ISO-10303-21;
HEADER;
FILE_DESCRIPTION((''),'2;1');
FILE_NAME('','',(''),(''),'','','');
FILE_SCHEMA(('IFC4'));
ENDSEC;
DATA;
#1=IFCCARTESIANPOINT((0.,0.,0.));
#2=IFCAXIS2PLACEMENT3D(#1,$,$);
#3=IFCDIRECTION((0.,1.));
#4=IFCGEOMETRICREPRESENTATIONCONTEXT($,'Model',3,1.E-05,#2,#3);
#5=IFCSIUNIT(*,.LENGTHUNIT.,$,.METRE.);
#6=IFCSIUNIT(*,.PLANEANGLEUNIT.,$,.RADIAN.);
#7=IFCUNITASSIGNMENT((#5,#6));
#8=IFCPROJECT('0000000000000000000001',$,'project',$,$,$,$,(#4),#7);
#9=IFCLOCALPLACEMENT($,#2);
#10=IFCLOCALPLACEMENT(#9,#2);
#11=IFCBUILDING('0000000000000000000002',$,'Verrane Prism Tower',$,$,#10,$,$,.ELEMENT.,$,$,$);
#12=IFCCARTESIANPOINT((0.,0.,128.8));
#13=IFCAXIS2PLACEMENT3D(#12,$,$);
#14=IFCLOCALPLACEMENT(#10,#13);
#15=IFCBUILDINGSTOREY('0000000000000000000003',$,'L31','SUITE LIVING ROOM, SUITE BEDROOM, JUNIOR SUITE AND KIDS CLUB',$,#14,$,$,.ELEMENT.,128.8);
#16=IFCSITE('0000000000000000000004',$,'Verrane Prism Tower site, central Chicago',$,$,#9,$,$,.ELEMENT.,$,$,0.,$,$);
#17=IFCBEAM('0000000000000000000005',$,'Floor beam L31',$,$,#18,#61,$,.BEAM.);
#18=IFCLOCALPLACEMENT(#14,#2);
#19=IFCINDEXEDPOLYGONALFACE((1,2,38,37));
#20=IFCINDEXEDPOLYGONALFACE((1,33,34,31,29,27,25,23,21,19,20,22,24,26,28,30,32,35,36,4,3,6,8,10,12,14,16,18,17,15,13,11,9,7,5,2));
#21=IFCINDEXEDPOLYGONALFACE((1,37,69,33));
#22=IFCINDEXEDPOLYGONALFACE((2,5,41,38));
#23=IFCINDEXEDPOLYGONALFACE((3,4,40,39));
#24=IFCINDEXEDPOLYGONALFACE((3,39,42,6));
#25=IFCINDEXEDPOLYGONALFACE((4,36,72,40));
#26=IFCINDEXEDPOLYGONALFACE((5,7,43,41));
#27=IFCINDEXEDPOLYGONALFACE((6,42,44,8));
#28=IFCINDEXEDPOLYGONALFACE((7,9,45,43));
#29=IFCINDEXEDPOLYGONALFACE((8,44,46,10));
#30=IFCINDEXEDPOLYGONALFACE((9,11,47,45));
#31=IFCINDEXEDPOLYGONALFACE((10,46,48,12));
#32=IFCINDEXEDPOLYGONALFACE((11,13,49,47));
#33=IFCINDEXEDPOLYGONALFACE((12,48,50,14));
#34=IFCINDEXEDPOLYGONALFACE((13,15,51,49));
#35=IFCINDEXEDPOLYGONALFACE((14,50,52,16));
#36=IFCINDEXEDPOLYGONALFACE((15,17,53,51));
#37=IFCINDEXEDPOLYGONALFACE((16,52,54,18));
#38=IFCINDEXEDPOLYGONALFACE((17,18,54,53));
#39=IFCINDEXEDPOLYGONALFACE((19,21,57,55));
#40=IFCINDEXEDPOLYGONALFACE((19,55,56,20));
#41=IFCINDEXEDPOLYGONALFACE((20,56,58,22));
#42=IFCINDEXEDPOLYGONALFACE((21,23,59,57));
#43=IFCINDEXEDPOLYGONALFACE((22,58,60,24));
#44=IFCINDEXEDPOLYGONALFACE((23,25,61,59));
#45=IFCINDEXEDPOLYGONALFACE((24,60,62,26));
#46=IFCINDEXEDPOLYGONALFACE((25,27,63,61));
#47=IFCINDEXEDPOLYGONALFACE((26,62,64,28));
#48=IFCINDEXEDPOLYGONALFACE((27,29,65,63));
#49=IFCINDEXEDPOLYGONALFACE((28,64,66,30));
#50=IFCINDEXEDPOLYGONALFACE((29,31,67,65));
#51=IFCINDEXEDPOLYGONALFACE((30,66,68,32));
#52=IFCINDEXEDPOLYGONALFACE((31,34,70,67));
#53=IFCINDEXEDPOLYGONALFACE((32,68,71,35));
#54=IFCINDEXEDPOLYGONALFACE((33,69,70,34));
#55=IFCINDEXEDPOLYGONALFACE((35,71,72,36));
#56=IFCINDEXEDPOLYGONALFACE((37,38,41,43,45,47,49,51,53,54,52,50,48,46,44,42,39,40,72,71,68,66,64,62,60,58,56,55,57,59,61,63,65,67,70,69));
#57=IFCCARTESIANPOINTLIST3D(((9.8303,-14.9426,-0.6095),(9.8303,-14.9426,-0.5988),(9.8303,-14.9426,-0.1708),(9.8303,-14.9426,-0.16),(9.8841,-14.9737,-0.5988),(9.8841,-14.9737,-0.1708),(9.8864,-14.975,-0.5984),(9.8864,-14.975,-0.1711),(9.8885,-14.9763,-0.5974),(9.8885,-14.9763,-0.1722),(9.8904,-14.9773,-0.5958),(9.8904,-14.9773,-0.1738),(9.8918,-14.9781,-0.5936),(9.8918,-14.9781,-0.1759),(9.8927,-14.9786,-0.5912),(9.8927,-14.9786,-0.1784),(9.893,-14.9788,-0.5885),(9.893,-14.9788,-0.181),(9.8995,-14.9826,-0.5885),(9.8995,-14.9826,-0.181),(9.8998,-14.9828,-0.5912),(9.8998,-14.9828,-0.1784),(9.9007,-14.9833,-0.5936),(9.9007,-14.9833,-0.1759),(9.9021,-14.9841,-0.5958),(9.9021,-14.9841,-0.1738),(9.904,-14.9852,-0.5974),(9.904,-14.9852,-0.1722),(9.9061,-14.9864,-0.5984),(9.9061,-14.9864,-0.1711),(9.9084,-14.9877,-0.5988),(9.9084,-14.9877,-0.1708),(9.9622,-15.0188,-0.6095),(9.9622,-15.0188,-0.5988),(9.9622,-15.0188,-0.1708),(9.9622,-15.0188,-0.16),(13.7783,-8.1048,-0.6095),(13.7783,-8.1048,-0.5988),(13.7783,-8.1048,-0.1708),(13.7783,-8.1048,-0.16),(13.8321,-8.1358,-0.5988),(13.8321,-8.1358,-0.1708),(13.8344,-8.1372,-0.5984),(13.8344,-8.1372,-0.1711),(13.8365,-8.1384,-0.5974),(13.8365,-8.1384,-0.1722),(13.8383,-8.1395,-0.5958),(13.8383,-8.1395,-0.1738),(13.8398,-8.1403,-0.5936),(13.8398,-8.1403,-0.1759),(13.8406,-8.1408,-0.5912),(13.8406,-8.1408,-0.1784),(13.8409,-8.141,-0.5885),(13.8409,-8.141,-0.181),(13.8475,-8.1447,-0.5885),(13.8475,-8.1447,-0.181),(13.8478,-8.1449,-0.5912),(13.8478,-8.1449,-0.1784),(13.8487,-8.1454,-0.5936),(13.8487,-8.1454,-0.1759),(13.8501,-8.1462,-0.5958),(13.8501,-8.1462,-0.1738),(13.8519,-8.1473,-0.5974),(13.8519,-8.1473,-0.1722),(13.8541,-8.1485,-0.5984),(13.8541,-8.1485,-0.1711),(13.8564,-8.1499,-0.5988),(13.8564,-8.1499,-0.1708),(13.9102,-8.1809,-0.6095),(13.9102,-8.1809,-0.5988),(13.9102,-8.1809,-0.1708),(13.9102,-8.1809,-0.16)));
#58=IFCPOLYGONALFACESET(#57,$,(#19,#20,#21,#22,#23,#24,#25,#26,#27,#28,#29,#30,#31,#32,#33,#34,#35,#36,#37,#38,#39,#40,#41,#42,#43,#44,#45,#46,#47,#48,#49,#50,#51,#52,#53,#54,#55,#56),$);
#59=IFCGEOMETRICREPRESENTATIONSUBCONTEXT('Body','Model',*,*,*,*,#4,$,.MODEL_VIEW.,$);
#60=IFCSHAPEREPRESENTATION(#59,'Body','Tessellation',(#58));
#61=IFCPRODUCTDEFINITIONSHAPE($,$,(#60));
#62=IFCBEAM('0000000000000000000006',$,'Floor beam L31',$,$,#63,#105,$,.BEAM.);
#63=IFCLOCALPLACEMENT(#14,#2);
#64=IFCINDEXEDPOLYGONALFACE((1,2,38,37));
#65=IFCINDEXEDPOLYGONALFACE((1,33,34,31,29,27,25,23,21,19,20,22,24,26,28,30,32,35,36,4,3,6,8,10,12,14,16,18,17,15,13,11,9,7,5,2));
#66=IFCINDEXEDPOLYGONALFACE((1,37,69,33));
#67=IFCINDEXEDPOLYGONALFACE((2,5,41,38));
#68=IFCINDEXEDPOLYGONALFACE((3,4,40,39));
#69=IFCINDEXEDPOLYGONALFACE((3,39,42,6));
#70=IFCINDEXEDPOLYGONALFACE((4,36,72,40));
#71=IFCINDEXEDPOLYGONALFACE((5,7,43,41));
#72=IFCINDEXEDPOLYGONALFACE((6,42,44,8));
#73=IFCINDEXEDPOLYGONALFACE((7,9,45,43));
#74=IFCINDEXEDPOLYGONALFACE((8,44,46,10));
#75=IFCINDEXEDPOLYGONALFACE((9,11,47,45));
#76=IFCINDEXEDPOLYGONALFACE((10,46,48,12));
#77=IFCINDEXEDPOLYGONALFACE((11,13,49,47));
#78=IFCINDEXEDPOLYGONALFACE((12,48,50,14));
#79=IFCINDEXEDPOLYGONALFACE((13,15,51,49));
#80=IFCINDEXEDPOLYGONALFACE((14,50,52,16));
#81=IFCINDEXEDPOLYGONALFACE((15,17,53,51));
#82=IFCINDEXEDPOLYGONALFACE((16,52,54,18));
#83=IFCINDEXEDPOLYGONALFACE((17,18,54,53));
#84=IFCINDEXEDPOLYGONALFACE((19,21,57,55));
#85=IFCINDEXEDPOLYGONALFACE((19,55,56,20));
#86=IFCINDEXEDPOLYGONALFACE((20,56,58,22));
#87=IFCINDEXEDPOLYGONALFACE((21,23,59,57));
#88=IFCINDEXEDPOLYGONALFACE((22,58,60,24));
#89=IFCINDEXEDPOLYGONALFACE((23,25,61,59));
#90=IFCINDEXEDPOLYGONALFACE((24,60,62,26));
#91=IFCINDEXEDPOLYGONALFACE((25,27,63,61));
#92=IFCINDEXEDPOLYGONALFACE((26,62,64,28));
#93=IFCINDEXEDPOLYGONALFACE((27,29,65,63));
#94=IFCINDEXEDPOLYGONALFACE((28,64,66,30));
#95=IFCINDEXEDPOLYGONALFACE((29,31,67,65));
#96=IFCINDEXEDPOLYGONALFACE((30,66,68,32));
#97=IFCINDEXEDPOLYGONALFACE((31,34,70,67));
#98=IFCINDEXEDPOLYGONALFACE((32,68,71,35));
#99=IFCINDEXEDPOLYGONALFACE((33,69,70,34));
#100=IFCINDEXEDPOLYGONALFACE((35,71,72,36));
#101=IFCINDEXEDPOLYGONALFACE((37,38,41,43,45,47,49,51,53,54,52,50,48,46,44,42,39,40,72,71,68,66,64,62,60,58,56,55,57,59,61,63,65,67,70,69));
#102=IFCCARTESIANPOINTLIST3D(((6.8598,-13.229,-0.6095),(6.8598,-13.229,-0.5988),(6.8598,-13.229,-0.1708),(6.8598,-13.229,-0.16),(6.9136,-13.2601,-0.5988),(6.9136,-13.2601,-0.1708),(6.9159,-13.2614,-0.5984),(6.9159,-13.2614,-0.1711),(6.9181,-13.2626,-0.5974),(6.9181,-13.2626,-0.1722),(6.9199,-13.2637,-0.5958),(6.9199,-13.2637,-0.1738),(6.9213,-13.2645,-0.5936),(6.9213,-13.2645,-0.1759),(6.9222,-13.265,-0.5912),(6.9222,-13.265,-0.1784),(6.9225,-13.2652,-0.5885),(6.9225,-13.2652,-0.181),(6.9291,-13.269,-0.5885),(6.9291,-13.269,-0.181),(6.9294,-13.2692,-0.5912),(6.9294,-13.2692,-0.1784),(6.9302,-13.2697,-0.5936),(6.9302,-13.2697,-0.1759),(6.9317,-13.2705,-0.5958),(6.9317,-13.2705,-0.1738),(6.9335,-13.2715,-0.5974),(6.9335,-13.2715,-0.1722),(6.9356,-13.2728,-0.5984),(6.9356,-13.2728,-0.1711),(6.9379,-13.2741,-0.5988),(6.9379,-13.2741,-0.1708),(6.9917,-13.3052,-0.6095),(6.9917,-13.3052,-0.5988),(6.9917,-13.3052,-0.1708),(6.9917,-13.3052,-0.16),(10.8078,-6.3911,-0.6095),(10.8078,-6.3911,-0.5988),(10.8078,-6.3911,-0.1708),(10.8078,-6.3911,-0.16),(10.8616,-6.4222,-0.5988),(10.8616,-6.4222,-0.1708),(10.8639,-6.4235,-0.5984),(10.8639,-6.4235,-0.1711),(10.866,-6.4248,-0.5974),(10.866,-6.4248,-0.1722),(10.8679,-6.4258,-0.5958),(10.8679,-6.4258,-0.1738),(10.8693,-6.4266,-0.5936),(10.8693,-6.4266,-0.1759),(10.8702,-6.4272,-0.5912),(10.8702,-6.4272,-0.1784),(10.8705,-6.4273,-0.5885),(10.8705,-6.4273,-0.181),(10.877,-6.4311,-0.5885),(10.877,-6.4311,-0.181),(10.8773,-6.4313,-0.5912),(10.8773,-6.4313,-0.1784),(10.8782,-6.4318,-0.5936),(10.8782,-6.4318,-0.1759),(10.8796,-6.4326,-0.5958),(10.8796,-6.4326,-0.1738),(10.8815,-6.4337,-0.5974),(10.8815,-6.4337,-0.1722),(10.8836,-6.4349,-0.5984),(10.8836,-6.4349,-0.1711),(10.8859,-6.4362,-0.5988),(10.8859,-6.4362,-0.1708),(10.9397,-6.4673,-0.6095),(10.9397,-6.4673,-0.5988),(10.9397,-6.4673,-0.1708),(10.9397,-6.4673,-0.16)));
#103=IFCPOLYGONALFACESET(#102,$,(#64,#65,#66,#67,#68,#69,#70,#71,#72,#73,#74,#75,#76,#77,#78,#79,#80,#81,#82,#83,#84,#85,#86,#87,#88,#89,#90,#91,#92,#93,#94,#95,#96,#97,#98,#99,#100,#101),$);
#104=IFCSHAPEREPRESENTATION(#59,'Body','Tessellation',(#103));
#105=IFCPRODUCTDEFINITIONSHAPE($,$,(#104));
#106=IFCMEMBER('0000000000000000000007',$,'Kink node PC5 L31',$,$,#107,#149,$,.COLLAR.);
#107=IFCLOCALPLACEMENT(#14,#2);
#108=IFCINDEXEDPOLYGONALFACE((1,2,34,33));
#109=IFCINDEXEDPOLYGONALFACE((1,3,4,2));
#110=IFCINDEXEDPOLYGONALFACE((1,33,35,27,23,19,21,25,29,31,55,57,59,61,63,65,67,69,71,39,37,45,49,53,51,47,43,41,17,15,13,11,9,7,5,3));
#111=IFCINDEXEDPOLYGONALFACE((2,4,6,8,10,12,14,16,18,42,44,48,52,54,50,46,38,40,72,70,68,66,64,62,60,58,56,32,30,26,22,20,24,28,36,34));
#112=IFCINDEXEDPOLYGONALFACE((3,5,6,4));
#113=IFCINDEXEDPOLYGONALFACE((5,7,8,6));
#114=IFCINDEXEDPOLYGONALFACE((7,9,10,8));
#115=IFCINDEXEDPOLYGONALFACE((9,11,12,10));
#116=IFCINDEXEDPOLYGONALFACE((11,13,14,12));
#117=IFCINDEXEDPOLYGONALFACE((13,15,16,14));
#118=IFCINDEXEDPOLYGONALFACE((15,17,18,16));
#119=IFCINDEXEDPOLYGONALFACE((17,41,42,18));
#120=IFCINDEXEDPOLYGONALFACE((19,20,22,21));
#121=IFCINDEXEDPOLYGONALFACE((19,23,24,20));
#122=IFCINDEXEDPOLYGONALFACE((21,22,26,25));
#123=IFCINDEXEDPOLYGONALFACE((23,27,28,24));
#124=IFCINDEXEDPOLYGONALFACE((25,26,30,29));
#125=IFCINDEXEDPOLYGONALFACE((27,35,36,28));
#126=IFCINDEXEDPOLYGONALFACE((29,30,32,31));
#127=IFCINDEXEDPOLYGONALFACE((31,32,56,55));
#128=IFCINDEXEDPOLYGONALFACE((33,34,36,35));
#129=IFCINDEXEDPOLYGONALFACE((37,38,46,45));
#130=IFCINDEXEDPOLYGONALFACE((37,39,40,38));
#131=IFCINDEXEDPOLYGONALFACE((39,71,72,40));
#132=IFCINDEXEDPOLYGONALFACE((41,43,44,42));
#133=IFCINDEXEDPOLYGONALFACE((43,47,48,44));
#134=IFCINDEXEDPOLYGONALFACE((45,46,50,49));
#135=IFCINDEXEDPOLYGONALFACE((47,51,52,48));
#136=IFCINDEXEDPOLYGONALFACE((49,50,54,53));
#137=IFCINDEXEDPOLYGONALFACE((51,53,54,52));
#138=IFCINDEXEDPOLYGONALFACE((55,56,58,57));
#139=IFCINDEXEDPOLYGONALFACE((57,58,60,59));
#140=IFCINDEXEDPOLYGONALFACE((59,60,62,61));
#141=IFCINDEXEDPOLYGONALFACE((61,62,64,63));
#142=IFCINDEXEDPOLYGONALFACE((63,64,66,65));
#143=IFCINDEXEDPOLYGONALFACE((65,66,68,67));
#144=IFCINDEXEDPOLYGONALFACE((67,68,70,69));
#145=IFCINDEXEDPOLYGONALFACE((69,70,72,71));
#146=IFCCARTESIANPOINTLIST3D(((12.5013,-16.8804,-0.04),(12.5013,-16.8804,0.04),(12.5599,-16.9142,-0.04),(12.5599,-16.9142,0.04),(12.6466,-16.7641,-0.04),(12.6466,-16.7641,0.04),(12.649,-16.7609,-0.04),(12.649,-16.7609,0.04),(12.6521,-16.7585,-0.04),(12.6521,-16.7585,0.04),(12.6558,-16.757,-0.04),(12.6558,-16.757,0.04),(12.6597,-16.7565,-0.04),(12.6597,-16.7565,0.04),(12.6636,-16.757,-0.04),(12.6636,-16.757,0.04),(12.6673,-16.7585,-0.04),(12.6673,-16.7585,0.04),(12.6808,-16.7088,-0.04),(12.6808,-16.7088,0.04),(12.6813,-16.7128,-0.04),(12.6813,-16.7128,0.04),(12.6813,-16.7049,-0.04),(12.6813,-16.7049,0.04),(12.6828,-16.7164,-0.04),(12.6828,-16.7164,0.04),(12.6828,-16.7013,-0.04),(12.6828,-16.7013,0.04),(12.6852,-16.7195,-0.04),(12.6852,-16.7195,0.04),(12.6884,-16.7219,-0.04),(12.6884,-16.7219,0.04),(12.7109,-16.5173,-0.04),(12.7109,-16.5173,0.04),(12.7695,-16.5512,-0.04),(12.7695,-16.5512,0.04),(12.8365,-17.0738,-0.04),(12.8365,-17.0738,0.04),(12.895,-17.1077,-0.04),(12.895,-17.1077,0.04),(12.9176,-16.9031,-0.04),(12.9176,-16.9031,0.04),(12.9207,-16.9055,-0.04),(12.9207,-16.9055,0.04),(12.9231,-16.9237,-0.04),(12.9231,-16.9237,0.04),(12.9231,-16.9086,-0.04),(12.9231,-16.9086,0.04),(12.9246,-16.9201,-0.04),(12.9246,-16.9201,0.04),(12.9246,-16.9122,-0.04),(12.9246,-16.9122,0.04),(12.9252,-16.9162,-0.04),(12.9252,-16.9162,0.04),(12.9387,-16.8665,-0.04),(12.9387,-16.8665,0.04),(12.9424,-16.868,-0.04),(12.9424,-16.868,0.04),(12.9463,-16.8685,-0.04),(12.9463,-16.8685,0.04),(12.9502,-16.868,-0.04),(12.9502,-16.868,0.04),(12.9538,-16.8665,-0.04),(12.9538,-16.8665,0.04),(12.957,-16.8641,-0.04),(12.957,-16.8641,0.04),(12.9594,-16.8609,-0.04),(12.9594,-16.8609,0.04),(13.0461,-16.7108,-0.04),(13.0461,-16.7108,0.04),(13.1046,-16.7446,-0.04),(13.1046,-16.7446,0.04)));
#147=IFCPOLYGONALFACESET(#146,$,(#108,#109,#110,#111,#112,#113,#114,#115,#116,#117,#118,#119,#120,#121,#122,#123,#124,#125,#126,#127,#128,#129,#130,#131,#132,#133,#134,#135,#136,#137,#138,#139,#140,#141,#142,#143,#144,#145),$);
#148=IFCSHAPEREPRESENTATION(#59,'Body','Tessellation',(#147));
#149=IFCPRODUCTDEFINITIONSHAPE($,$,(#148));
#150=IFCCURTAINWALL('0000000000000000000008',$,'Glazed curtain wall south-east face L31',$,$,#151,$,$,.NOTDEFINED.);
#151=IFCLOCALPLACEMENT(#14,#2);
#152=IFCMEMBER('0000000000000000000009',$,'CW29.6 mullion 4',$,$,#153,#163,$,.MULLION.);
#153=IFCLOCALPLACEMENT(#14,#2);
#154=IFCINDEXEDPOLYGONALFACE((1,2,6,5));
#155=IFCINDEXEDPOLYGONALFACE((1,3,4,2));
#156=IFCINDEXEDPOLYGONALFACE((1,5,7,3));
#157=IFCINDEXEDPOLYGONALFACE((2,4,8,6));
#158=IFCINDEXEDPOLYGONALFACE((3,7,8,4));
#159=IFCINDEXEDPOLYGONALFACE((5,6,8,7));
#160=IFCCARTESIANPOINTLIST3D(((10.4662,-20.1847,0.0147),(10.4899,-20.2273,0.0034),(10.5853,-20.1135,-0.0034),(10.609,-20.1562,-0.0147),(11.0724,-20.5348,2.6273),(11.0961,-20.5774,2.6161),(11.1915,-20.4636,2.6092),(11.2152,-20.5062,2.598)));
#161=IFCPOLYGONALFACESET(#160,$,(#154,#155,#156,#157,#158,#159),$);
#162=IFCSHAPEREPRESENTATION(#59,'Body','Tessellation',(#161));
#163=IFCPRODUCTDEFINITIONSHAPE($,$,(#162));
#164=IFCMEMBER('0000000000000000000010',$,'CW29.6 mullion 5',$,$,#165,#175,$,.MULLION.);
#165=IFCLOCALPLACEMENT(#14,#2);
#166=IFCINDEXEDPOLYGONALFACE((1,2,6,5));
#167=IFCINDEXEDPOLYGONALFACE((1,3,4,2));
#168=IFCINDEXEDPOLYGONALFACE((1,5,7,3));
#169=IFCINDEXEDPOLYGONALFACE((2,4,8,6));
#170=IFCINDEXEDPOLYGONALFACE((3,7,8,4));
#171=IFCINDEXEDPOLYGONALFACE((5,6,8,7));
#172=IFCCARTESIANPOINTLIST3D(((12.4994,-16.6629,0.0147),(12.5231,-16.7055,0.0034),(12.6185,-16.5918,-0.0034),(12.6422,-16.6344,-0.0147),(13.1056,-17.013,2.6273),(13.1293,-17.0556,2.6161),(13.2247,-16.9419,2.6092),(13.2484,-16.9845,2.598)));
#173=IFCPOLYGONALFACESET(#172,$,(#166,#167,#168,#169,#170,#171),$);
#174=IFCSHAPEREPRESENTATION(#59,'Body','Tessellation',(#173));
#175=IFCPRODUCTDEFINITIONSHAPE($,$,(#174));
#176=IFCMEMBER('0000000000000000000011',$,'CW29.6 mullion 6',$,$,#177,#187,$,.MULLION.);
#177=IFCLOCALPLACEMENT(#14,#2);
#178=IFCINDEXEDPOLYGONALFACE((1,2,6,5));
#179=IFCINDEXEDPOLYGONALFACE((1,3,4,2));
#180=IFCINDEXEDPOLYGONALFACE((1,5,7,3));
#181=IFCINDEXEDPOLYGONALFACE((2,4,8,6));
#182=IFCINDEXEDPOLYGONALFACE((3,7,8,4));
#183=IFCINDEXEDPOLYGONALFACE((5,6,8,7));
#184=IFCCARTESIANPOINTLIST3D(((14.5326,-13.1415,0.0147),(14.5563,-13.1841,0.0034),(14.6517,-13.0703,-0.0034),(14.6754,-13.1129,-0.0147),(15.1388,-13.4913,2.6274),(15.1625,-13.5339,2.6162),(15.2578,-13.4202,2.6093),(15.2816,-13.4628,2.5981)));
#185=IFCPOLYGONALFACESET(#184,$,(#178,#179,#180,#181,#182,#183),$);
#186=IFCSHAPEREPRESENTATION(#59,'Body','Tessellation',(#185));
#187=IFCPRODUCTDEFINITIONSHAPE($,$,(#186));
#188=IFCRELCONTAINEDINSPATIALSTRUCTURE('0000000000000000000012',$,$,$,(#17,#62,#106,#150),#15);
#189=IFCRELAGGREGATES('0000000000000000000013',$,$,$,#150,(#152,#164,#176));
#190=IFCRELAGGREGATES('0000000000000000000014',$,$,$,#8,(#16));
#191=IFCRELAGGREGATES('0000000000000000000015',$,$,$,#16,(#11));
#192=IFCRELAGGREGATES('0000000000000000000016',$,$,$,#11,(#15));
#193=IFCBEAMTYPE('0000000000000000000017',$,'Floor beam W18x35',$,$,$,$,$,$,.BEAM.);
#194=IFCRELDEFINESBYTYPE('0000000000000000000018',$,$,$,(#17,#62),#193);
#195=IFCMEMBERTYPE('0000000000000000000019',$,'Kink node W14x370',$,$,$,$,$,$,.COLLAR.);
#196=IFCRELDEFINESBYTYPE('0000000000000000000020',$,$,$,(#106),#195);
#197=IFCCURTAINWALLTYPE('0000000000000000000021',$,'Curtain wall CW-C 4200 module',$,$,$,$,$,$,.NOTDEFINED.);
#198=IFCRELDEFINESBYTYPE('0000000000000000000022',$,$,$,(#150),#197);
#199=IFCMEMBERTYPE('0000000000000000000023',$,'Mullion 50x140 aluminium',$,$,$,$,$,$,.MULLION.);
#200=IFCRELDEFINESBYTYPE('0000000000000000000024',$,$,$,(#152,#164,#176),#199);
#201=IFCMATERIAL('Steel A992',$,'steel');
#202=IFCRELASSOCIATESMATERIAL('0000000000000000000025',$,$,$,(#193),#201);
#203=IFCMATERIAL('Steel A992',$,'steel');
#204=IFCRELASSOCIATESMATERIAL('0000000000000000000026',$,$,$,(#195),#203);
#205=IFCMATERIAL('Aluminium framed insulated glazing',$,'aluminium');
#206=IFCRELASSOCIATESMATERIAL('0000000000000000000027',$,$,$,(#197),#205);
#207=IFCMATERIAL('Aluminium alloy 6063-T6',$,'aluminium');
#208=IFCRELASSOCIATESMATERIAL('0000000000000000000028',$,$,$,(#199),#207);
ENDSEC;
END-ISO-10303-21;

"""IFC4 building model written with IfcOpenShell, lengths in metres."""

from ifc_helpers import new_model, si_unit, direction, frame, origin, origin_2d, place, context, subcontext, project, spatial, rectangle, i_section, extrude, material, material_profile, profile_set, type_object, element, aggregate, save


model = new_model("IFC4")

# Units and contexts
model_context = context("Model", 3, precision=1e-05, world=origin(), true_north=direction((0.0, 1.0)))
body_context = subcontext(model_context, "Body", "Model", "MODEL_VIEW")
ifc_project = project(units=[si_unit("LENGTHUNIT", "METRE"), si_unit("PLANEANGLEUNIT", "RADIAN")], contexts=[model_context])

# Site, building, storey
site_placement = place(None, origin())
site = spatial("IfcSite", under=ifc_project, at=site_placement, Name="Verrane Prism Tower site, central Chicago", CompositionType="ELEMENT", RefElevation=0.0)
building_placement = place(site_placement, origin())
building = spatial("IfcBuilding", under=site, at=building_placement, Name="Verrane Prism Tower", CompositionType="ELEMENT")
storey_placement = place(building_placement, frame((0.0, 0.0, 128.8)))
storey = spatial("IfcBuildingStorey", under=building, at=storey_placement, Name="L31", Description="SUITE LIVING ROOM, SUITE BEDROOM, JUNIOR SUITE AND KIDS CLUB", CompositionType="ELEMENT", Elevation=128.8)

# Beams
ifc_material_1 = material(Name="Steel A992", Category="steel")
ifc_material_profile_1 = material_profile(ifc_material_1, i_section(OverallWidth=0.1523, OverallDepth=0.4495, WebThickness=0.0076, FlangeThickness=0.0107, FilletRadius=0.0103, at=origin_2d()), Name="W18x35")
ifc_profile_set_1 = profile_set([ifc_material_profile_1], Name="Steel A992")
beam_type_1 = type_object("IfcBeamType", Name="Floor beam W18x35", PredefinedType="BEAM", material=ifc_profile_set_1)
for number, where, z_axis, x_axis, name in (
    (1, (9.8962, -14.9807, -0.3848), (0.500013, 0.866018, 0.0), (-0.866018, 0.500013, 0.0), "Floor beam L31"),
    (2, (6.9258, -13.2671, -0.3848), (0.500013, 0.866018, 0.0), (-0.866018, 0.500013, 0.0), "Floor beam L31"),
):
    element("IfcBeam", number, at=place(storey_placement, frame(where, z_axis=z_axis, x_axis=x_axis)), inside=storey, type_object=beam_type_1, Name=name, PredefinedType="BEAM", context=body_context, shape_type="SweptSolid", body=[
        extrude(i_section(OverallWidth=0.1523, OverallDepth=0.4495, WebThickness=0.0076, FlangeThickness=0.0107, FilletRadius=0.0103, at=origin_2d()), origin(), (0.0, 0.0, 1.0), 7.8958),
    ])

# Member
ifc_material_2 = material(Name="Steel A992", Category="steel")
ifc_material_profile_2 = material_profile(ifc_material_2, i_section(OverallWidth=0.4192, OverallDepth=0.4546, WebThickness=0.0422, FlangeThickness=0.0676, FilletRadius=0.0151, at=origin_2d()), Name="W14x370")
ifc_profile_set_2 = profile_set([ifc_material_profile_2], Name="Steel A992")
member_type_1 = type_object("IfcMemberType", Name="Kink node W14x370", PredefinedType="COLLAR", material=ifc_profile_set_2)
member_1_placement = place(storey_placement, frame((12.803, -16.8125, -0.04), z_axis=(0.0, 0.0, 1.0), x_axis=(-0.5, -0.866025, 0.0)))
element("IfcMember", 3, at=member_1_placement, inside=storey, type_object=member_type_1, Name="Kink node PC5 L31", PredefinedType="COLLAR", context=body_context, shape_type="SweptSolid", body=[
    extrude(i_section(OverallWidth=0.4192, OverallDepth=0.4546, WebThickness=0.0422, FlangeThickness=0.0676, FilletRadius=0.0151, at=origin_2d()), origin(), (0.0, 0.0, 1.0), 0.0801),
])

# Curtain wall, members
ifc_material_3 = material(Name="Aluminium framed insulated glazing", Category="aluminium")
curtain_wall_type = type_object("IfcCurtainWallType", Name="Curtain wall CW-C 4200 module", PredefinedType="NOTDEFINED", material=ifc_material_3)
curtain_wall_placement = place(storey_placement, origin())
curtain_wall = element("IfcCurtainWall", 4, at=curtain_wall_placement, inside=storey, type_object=curtain_wall_type, Name="Glazed curtain wall south-east face L31", PredefinedType="NOTDEFINED")
ifc_material_4 = material(Name="Aluminium alloy 6063-T6", Category="aluminium")
ifc_material_profile_3 = material_profile(ifc_material_4, rectangle(XDim=0.1399, YDim=0.05, at=origin_2d()), Name="Mullion 50x140 aluminium")
ifc_profile_set_3 = profile_set([ifc_material_profile_3], Name="Aluminium alloy 6063-T6")
member_type_2 = type_object("IfcMemberType", Name="Mullion 50x140 aluminium", PredefinedType="MULLION", material=ifc_profile_set_3)
member_2_placement = place(storey_placement, frame((10.5376, -20.1704, 0.0), z_axis=(0.224108, -0.129429, 0.965931), x_axis=(-0.851341, -0.508404, 0.129399)))
member_2 = element("IfcMember", 5, at=member_2_placement, type_object=member_type_2, Name="CW29.6 mullion 4", PredefinedType="MULLION", context=body_context, shape_type="SweptSolid", body=[
    extrude(rectangle(XDim=0.1399, YDim=0.05, at=origin_2d()), origin(), (0.0, 0.0, 1.0), 2.7048),
])
member_3_placement = place(storey_placement, frame((12.5708, -16.6487, 0.0), z_axis=(0.224108, -0.129429, 0.965931), x_axis=(-0.851341, -0.508404, 0.129399)))
member_3 = element("IfcMember", 6, at=member_3_placement, type_object=member_type_2, Name="CW29.6 mullion 5", PredefinedType="MULLION", context=body_context, shape_type="SweptSolid", body=[
    extrude(rectangle(XDim=0.1399, YDim=0.05, at=origin_2d()), origin(), (0.0, 0.0, 1.0), 2.7048),
])
member_4_placement = place(storey_placement, frame((14.604, -13.1272, 0.0), z_axis=(0.224111, -0.12934, 0.965943), x_axis=(-0.851192, -0.508658, 0.129378)))
member_4 = element("IfcMember", 7, at=member_4_placement, type_object=member_type_2, Name="CW29.6 mullion 6", PredefinedType="MULLION", context=body_context, shape_type="SweptSolid", body=[
    extrude(rectangle(XDim=0.1399, YDim=0.05, at=origin_2d()), origin(), (0.0, 0.0, 1.0), 2.7048),
])

aggregate(curtain_wall, [member_2, member_3, member_4])

save(model, "model.ifc")
